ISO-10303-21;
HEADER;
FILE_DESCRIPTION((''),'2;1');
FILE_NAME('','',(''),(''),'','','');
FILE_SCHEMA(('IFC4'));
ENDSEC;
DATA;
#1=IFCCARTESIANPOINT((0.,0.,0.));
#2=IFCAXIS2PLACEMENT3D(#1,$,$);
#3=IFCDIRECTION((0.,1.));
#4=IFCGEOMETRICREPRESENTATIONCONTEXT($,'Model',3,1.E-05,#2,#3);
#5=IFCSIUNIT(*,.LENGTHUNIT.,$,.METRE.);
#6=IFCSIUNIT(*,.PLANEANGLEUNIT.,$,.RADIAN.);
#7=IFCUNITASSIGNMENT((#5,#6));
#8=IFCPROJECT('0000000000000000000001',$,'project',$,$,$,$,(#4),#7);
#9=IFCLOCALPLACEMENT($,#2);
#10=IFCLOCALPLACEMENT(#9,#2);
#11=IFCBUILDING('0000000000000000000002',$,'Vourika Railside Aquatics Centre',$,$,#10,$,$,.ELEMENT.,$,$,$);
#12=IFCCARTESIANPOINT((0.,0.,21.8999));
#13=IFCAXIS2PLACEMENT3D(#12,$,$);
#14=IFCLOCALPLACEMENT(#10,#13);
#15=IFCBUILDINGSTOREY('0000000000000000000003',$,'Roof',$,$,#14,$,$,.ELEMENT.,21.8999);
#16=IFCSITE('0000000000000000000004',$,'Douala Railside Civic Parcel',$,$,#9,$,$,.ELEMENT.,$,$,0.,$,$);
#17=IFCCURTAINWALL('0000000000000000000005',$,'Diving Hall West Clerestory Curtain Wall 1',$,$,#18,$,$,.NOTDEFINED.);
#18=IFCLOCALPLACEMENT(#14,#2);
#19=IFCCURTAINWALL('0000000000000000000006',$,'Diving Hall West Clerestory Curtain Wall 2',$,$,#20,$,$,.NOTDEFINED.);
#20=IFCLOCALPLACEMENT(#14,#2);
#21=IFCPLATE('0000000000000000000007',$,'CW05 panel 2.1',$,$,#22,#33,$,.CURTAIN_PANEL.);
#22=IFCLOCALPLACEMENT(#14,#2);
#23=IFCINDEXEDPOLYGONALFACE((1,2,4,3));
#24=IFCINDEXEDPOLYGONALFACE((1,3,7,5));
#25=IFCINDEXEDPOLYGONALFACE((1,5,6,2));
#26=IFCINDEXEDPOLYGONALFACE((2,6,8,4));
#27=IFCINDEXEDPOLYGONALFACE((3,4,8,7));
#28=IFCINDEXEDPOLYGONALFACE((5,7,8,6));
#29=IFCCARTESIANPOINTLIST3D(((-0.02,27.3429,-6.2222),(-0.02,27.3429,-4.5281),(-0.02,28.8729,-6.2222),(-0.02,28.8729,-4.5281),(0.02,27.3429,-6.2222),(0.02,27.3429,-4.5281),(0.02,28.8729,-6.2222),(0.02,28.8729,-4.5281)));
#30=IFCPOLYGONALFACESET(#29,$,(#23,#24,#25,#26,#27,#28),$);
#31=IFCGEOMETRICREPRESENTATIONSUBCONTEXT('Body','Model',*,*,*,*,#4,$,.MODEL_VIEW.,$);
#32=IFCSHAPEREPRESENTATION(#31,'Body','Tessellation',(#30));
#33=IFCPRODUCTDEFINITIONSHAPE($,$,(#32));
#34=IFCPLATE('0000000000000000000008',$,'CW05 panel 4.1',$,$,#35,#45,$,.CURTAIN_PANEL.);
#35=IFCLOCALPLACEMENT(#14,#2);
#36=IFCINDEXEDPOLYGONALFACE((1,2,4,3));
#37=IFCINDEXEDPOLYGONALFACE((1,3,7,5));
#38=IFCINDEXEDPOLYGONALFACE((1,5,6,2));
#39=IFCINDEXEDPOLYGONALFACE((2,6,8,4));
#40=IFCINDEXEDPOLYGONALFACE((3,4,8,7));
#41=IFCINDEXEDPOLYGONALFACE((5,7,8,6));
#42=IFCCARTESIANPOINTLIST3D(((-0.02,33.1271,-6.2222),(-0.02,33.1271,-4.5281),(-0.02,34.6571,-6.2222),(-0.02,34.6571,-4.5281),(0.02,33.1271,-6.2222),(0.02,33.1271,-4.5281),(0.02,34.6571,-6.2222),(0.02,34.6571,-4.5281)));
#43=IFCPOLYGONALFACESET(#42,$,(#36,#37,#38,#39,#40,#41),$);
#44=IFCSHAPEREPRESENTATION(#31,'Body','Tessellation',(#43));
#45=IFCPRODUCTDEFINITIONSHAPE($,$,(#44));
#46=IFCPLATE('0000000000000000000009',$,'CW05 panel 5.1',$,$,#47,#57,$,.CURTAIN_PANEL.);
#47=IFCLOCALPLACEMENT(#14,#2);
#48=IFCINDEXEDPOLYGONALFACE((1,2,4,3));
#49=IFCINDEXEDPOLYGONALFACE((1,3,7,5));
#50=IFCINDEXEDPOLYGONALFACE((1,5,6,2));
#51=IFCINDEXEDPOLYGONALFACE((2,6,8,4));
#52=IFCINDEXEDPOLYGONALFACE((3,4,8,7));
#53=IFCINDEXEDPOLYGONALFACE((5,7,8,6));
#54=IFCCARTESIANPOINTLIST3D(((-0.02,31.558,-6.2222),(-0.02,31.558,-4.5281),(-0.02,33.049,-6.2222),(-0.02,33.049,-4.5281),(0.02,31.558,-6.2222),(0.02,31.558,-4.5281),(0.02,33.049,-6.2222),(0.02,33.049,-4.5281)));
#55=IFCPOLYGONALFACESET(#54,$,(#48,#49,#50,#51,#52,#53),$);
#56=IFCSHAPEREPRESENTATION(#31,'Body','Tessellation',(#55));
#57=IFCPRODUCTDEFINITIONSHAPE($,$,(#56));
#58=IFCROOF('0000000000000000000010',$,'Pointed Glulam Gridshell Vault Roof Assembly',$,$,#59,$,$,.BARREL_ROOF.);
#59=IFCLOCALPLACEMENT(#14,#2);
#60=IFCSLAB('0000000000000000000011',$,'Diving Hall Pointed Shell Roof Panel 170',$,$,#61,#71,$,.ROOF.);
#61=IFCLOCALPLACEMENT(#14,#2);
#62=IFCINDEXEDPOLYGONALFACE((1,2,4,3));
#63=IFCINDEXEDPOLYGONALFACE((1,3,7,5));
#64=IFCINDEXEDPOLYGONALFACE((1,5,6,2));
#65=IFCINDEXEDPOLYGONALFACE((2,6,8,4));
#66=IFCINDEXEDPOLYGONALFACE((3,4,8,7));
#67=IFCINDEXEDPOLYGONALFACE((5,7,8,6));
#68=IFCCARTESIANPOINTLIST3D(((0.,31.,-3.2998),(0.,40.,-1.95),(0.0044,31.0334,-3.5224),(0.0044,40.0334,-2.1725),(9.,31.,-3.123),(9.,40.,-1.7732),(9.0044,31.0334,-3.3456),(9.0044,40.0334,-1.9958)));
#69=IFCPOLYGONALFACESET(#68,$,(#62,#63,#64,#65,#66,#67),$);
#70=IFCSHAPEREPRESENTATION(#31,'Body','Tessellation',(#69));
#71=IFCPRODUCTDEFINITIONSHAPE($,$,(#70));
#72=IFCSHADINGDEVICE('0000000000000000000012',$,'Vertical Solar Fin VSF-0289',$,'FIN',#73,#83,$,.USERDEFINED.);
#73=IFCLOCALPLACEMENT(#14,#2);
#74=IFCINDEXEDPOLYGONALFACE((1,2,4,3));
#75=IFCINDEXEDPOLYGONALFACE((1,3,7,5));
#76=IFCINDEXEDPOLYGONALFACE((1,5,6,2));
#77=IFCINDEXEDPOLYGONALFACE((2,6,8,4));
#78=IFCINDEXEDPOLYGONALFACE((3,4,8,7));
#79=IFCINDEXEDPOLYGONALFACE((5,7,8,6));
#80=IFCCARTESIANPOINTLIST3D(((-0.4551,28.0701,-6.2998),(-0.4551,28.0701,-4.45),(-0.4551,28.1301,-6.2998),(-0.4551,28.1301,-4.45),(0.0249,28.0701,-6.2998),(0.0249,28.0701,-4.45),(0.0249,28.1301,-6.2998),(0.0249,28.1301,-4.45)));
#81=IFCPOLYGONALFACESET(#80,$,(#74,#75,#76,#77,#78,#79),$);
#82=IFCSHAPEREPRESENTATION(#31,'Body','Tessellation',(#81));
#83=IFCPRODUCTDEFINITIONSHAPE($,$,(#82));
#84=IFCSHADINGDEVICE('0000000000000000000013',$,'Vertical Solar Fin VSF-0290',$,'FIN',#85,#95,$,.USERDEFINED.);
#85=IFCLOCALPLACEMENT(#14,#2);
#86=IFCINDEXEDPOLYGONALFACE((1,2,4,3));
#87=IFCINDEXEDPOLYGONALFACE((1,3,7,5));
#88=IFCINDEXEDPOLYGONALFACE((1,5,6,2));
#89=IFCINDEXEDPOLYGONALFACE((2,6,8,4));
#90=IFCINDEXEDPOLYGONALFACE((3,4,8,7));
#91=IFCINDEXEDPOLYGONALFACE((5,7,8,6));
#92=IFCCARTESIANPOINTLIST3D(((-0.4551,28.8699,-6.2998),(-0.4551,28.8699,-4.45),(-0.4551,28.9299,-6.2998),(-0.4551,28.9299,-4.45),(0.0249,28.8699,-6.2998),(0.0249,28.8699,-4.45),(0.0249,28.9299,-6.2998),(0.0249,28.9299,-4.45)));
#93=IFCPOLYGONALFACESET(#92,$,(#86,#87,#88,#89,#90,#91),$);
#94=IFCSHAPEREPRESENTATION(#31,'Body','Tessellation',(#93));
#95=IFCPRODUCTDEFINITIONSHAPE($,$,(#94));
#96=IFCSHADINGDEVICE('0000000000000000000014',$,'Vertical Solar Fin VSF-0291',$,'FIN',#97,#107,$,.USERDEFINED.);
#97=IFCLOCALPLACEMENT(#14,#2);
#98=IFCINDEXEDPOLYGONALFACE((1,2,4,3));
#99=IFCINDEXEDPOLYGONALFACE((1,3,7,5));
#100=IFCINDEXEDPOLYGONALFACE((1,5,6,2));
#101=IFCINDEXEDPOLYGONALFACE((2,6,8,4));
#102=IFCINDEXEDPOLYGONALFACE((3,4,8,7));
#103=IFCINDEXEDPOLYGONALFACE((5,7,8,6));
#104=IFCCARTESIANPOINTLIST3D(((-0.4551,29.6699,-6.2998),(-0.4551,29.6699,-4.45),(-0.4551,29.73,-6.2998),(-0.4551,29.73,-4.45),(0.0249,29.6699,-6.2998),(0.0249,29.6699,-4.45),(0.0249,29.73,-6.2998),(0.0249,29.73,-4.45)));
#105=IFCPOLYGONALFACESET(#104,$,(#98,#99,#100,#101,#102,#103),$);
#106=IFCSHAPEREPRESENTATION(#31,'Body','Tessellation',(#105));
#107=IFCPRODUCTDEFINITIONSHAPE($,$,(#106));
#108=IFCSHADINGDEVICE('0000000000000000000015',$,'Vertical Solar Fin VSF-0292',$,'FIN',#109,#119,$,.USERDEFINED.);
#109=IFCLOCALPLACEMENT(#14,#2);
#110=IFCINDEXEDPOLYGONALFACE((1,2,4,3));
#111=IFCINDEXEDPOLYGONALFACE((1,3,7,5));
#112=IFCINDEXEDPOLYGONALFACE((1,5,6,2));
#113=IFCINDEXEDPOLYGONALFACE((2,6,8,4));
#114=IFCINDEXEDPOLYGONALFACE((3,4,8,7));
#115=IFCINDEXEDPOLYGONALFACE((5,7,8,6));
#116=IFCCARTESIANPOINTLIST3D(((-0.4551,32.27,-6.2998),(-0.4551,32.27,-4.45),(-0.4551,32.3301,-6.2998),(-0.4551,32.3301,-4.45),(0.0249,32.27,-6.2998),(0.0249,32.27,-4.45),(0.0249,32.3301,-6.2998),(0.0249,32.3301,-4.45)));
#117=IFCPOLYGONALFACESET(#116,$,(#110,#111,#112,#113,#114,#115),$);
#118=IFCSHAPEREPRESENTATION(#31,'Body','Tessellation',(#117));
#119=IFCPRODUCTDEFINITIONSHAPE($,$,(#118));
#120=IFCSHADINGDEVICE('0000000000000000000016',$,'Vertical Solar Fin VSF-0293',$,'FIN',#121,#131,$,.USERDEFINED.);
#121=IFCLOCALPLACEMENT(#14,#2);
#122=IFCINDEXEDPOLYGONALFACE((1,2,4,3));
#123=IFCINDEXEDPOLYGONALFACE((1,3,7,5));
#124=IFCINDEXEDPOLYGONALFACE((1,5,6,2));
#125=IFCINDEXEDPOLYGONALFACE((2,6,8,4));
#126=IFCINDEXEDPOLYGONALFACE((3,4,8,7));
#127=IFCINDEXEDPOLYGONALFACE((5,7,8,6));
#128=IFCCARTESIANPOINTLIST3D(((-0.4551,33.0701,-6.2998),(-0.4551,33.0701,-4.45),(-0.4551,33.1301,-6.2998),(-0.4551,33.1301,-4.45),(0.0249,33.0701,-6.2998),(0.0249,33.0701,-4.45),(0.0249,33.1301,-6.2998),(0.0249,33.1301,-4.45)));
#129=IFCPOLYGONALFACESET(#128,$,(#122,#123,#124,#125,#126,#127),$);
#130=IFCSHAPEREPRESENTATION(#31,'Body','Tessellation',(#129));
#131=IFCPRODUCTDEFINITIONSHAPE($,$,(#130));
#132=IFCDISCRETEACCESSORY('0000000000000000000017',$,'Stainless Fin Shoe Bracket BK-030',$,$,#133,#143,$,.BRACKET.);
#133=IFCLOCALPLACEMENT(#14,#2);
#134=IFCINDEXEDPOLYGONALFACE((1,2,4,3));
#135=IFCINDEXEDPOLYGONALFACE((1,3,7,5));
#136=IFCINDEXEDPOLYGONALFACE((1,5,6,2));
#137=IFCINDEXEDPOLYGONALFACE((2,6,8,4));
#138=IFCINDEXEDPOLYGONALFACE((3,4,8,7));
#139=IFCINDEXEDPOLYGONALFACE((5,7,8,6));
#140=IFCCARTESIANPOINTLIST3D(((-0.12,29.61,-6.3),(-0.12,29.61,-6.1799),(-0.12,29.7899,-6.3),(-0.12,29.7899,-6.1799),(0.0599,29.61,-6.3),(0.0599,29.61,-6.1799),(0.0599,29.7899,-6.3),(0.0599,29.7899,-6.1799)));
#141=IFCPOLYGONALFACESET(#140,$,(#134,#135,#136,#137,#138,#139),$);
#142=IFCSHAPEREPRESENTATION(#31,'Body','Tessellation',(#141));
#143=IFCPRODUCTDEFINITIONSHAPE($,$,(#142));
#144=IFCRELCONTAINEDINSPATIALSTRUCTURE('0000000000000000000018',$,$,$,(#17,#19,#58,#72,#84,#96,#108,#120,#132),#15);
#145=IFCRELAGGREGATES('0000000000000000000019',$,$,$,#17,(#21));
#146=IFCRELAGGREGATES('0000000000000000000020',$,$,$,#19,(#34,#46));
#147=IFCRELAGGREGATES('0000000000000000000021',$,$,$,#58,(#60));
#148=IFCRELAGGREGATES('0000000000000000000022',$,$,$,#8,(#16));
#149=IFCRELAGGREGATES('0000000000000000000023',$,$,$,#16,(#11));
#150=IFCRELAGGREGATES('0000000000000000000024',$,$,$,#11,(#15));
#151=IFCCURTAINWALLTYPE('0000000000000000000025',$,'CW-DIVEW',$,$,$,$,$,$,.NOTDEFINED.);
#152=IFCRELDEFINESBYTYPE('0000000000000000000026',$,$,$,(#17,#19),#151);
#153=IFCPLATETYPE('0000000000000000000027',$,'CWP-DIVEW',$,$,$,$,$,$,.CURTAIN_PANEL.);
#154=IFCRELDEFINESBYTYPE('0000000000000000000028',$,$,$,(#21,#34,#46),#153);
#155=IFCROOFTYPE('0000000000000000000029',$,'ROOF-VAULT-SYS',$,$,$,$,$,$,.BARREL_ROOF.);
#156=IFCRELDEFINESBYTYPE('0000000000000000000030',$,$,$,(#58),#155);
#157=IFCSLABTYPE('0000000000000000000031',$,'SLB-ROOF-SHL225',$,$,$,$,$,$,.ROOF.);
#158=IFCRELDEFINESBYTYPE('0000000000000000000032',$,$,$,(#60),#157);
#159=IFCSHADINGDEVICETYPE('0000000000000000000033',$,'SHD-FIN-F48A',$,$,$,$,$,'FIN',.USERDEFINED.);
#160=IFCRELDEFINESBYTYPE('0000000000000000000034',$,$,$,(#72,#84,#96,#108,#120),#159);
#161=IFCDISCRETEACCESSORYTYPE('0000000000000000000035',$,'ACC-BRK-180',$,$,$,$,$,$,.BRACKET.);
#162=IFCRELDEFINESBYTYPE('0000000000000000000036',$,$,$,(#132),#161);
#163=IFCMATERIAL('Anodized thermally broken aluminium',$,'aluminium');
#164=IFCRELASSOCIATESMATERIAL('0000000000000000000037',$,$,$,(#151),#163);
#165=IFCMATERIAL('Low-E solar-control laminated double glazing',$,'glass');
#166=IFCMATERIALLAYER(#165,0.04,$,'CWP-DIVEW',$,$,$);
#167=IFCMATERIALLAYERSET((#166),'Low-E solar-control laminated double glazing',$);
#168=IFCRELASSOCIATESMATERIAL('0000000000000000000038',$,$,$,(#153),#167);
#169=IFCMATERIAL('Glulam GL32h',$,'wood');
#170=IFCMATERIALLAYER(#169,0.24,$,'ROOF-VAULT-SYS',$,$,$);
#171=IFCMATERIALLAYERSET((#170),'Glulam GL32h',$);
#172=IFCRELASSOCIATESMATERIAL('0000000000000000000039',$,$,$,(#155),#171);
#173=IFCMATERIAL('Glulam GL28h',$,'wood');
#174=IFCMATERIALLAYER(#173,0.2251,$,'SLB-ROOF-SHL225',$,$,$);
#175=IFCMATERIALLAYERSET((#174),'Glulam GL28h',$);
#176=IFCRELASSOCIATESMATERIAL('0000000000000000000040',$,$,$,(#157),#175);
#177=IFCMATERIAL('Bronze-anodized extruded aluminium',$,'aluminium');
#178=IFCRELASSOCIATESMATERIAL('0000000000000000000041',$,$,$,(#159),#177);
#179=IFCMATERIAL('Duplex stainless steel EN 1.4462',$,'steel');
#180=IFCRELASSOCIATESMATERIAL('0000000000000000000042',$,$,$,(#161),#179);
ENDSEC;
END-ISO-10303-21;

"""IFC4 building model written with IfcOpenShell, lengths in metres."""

from ifc_helpers import new_model, si_unit, direction, frame, origin, origin_2d, place, context, subcontext, project, spatial, polyline, rectangle, outline, extrude, material, layer, layer_set, material_profile, profile_set, type_object, element, aggregate, save


model = new_model("IFC4")

# Units and contexts
model_context = context("Model", 3, precision=1e-05, world=origin(), true_north=direction((0.0, 1.0)))
body_context = subcontext(model_context, "Body", "Model", "MODEL_VIEW")
ifc_project = project(units=[si_unit("LENGTHUNIT", "METRE"), si_unit("PLANEANGLEUNIT", "RADIAN")], contexts=[model_context])

# Site, building, storey
site_placement = place(None, origin())
site = spatial("IfcSite", under=ifc_project, at=site_placement, Name="Douala Railside Civic Parcel", CompositionType="ELEMENT", RefElevation=0.0)
building_placement = place(site_placement, origin())
building = spatial("IfcBuilding", under=site, at=building_placement, Name="Vourika Railside Aquatics Centre", CompositionType="ELEMENT")
storey_placement = place(building_placement, frame((0.0, 0.0, 21.8999)))
storey = spatial("IfcBuildingStorey", under=building, at=storey_placement, Name="Roof", CompositionType="ELEMENT", Elevation=21.8999)

# Shared definitions
ifc_material_1 = material(Name="Glulam GL32h", Category="wood")

# Curtain walls
ifc_material_2 = material(Name="Anodized thermally broken aluminium", Category="aluminium")
curtain_wall_type = type_object("IfcCurtainWallType", Name="CW-DIVEW", PredefinedType="NOTDEFINED", material=ifc_material_2)
curtain_wall_1_placement = place(storey_placement, origin())
curtain_wall_1 = element("IfcCurtainWall", 1, at=curtain_wall_1_placement, inside=storey, type_object=curtain_wall_type, Name="Diving Hall West Clerestory Curtain Wall 1", PredefinedType="NOTDEFINED")
curtain_wall_2_placement = place(storey_placement, origin())
curtain_wall_2 = element("IfcCurtainWall", 2, at=curtain_wall_2_placement, inside=storey, type_object=curtain_wall_type, Name="Diving Hall West Clerestory Curtain Wall 2", PredefinedType="NOTDEFINED")

# Plates
ifc_material_3 = material(Name="Low-E solar-control laminated double glazing", Category="glass")
ifc_layer_1 = layer(ifc_material_3, 0.04, Name="CWP-DIVEW")
ifc_layer_set_1 = layer_set([ifc_layer_1], Name="Low-E solar-control laminated double glazing")
plate_type = type_object("IfcPlateType", Name="CWP-DIVEW", PredefinedType="CURTAIN_PANEL", material=ifc_layer_set_1)
plate_1_placement = place(storey_placement, frame((0.0, 28.1079, -6.2222), z_axis=(0.0, 0.0, 1.0), x_axis=(0.0, -1.0, 0.0)))
plate_1 = element("IfcPlate", 3, at=plate_1_placement, type_object=plate_type, Name="CW05 panel 2.1", PredefinedType="CURTAIN_PANEL", context=body_context, shape_type="SweptSolid", body=[
    extrude(rectangle(XDim=1.53, YDim=0.04, at=origin_2d()), origin(), (0.0, 0.0, 1.0), 1.6941),
])
aggregate(curtain_wall_1, [plate_1])
plate_2_placement = place(storey_placement, frame((0.0, 33.8921, -6.2222), z_axis=(0.0, 0.0, 1.0), x_axis=(0.0, -1.0, 0.0)))
plate_2 = element("IfcPlate", 4, at=plate_2_placement, type_object=plate_type, Name="CW05 panel 4.1", PredefinedType="CURTAIN_PANEL", context=body_context, shape_type="SweptSolid", body=[
    extrude(rectangle(XDim=1.53, YDim=0.04, at=origin_2d()), origin(), (0.0, 0.0, 1.0), 1.6941),
])
plate_3_placement = place(storey_placement, frame((0.0, 32.3035, -6.2222), z_axis=(0.0, 0.0, 1.0), x_axis=(0.0, -1.0, 0.0)))
plate_3 = element("IfcPlate", 5, at=plate_3_placement, type_object=plate_type, Name="CW05 panel 5.1", PredefinedType="CURTAIN_PANEL", context=body_context, shape_type="SweptSolid", body=[
    extrude(rectangle(XDim=1.491, YDim=0.04, at=origin_2d()), origin(), (0.0, 0.0, 1.0), 1.6941),
])
aggregate(curtain_wall_2, [plate_2, plate_3])

# Roof, slab
ifc_layer_2 = layer(ifc_material_1, 0.24, Name="ROOF-VAULT-SYS")
ifc_layer_set_2 = layer_set([ifc_layer_2], Name="Glulam GL32h")
roof_type = type_object("IfcRoofType", Name="ROOF-VAULT-SYS", PredefinedType="BARREL_ROOF", material=ifc_layer_set_2)
roof_placement = place(storey_placement, origin())
roof = element("IfcRoof", 6, at=roof_placement, inside=storey, type_object=roof_type, Name="Pointed Glulam Gridshell Vault Roof Assembly", PredefinedType="BARREL_ROOF")
ifc_material_4 = material(Name="Glulam GL28h", Category="wood")
ifc_layer_3 = layer(ifc_material_4, 0.2251, Name="SLB-ROOF-SHL225")
ifc_layer_set_3 = layer_set([ifc_layer_3], Name="Glulam GL28h")
slab_type = type_object("IfcSlabType", Name="SLB-ROOF-SHL225", PredefinedType="ROOF", material=ifc_layer_set_3)
slab_placement = place(storey_placement, frame((0.0, 31.0, -3.2998), z_axis=(-0.019419, -0.148297, 0.988752), x_axis=(0.999807, 0.0, 0.019636)))
slab = element("IfcSlab", 7, at=slab_placement, type_object=slab_type, Name="Diving Hall Pointed Shell Roof Panel 170", PredefinedType="ROOF", context=body_context, shape_type="SweptSolid", body=[
    extrude(outline(polyline([(0.0, 0.0), (9.0017, 0.0), (9.0282, 9.1006), (0.0265, 9.1006), (0.0, 0.0)])), origin(), (0.0, 0.0, -1.0), 0.2251),
])
aggregate(roof, [slab])

# Shading devices
ifc_material_5 = material(Name="Bronze-anodized extruded aluminium", Category="aluminium")
ifc_material_profile_1 = material_profile(ifc_material_5, rectangle(XDim=0.0601, YDim=0.48, at=origin_2d()), Name="ALU-FIN 60x480")
ifc_profile_set_1 = profile_set([ifc_material_profile_1], Name="Bronze-anodized extruded aluminium")
shading_device_type = type_object("IfcShadingDeviceType", Name="SHD-FIN-F48A", ElementType="FIN", PredefinedType="USERDEFINED", material=ifc_profile_set_1)
for number, where, z_axis, x_axis, name in (
    (8, (-0.2151, 28.1001, -6.2998), (0.0, 0.0, 1.0), (0.0, 1.0, 0.0), "Vertical Solar Fin VSF-0289"),
    (9, (-0.2151, 28.8999, -6.2998), (0.0, 0.0, 1.0), (0.0, 1.0, 0.0), "Vertical Solar Fin VSF-0290"),
    (10, (-0.2151, 29.7, -6.2998), (0.0, 0.0, 1.0), (0.0, 1.0, 0.0), "Vertical Solar Fin VSF-0291"),
    (11, (-0.2151, 32.3, -6.2998), (0.0, 0.0, 1.0), (0.0, 1.0, 0.0), "Vertical Solar Fin VSF-0292"),
    (12, (-0.2151, 33.1001, -6.2998), (0.0, 0.0, 1.0), (0.0, 1.0, 0.0), "Vertical Solar Fin VSF-0293"),
):
    element("IfcShadingDevice", number, at=place(storey_placement, frame(where, z_axis=z_axis, x_axis=x_axis)), inside=storey, type_object=shading_device_type, Name=name, ObjectType="FIN", PredefinedType="USERDEFINED", context=body_context, shape_type="SweptSolid", body=[
        extrude(rectangle(XDim=0.0601, YDim=0.48, at=origin_2d()), origin(), (0.0, 0.0, 1.0), 1.8499),
    ])

# Discrete accessory
ifc_material_6 = material(Name="Duplex stainless steel EN 1.4462", Category="steel")
discrete_accessory_type = type_object("IfcDiscreteAccessoryType", Name="ACC-BRK-180", PredefinedType="BRACKET", material=ifc_material_6)
discrete_accessory_placement = place(storey_placement, frame((-0.03, 29.7, -6.3), z_axis=(0.0, 0.0, 1.0), x_axis=(-1.0, 0.0, 0.0)))
element("IfcDiscreteAccessory", 13, at=discrete_accessory_placement, inside=storey, type_object=discrete_accessory_type, Name="Stainless Fin Shoe Bracket BK-030", PredefinedType="BRACKET", context=body_context, shape_type="SweptSolid", body=[
    extrude(rectangle(XDim=0.1799, YDim=0.1799, at=origin_2d()), origin(), (0.0, 0.0, 1.0), 0.1201),
])

save(model, "model.ifc")
